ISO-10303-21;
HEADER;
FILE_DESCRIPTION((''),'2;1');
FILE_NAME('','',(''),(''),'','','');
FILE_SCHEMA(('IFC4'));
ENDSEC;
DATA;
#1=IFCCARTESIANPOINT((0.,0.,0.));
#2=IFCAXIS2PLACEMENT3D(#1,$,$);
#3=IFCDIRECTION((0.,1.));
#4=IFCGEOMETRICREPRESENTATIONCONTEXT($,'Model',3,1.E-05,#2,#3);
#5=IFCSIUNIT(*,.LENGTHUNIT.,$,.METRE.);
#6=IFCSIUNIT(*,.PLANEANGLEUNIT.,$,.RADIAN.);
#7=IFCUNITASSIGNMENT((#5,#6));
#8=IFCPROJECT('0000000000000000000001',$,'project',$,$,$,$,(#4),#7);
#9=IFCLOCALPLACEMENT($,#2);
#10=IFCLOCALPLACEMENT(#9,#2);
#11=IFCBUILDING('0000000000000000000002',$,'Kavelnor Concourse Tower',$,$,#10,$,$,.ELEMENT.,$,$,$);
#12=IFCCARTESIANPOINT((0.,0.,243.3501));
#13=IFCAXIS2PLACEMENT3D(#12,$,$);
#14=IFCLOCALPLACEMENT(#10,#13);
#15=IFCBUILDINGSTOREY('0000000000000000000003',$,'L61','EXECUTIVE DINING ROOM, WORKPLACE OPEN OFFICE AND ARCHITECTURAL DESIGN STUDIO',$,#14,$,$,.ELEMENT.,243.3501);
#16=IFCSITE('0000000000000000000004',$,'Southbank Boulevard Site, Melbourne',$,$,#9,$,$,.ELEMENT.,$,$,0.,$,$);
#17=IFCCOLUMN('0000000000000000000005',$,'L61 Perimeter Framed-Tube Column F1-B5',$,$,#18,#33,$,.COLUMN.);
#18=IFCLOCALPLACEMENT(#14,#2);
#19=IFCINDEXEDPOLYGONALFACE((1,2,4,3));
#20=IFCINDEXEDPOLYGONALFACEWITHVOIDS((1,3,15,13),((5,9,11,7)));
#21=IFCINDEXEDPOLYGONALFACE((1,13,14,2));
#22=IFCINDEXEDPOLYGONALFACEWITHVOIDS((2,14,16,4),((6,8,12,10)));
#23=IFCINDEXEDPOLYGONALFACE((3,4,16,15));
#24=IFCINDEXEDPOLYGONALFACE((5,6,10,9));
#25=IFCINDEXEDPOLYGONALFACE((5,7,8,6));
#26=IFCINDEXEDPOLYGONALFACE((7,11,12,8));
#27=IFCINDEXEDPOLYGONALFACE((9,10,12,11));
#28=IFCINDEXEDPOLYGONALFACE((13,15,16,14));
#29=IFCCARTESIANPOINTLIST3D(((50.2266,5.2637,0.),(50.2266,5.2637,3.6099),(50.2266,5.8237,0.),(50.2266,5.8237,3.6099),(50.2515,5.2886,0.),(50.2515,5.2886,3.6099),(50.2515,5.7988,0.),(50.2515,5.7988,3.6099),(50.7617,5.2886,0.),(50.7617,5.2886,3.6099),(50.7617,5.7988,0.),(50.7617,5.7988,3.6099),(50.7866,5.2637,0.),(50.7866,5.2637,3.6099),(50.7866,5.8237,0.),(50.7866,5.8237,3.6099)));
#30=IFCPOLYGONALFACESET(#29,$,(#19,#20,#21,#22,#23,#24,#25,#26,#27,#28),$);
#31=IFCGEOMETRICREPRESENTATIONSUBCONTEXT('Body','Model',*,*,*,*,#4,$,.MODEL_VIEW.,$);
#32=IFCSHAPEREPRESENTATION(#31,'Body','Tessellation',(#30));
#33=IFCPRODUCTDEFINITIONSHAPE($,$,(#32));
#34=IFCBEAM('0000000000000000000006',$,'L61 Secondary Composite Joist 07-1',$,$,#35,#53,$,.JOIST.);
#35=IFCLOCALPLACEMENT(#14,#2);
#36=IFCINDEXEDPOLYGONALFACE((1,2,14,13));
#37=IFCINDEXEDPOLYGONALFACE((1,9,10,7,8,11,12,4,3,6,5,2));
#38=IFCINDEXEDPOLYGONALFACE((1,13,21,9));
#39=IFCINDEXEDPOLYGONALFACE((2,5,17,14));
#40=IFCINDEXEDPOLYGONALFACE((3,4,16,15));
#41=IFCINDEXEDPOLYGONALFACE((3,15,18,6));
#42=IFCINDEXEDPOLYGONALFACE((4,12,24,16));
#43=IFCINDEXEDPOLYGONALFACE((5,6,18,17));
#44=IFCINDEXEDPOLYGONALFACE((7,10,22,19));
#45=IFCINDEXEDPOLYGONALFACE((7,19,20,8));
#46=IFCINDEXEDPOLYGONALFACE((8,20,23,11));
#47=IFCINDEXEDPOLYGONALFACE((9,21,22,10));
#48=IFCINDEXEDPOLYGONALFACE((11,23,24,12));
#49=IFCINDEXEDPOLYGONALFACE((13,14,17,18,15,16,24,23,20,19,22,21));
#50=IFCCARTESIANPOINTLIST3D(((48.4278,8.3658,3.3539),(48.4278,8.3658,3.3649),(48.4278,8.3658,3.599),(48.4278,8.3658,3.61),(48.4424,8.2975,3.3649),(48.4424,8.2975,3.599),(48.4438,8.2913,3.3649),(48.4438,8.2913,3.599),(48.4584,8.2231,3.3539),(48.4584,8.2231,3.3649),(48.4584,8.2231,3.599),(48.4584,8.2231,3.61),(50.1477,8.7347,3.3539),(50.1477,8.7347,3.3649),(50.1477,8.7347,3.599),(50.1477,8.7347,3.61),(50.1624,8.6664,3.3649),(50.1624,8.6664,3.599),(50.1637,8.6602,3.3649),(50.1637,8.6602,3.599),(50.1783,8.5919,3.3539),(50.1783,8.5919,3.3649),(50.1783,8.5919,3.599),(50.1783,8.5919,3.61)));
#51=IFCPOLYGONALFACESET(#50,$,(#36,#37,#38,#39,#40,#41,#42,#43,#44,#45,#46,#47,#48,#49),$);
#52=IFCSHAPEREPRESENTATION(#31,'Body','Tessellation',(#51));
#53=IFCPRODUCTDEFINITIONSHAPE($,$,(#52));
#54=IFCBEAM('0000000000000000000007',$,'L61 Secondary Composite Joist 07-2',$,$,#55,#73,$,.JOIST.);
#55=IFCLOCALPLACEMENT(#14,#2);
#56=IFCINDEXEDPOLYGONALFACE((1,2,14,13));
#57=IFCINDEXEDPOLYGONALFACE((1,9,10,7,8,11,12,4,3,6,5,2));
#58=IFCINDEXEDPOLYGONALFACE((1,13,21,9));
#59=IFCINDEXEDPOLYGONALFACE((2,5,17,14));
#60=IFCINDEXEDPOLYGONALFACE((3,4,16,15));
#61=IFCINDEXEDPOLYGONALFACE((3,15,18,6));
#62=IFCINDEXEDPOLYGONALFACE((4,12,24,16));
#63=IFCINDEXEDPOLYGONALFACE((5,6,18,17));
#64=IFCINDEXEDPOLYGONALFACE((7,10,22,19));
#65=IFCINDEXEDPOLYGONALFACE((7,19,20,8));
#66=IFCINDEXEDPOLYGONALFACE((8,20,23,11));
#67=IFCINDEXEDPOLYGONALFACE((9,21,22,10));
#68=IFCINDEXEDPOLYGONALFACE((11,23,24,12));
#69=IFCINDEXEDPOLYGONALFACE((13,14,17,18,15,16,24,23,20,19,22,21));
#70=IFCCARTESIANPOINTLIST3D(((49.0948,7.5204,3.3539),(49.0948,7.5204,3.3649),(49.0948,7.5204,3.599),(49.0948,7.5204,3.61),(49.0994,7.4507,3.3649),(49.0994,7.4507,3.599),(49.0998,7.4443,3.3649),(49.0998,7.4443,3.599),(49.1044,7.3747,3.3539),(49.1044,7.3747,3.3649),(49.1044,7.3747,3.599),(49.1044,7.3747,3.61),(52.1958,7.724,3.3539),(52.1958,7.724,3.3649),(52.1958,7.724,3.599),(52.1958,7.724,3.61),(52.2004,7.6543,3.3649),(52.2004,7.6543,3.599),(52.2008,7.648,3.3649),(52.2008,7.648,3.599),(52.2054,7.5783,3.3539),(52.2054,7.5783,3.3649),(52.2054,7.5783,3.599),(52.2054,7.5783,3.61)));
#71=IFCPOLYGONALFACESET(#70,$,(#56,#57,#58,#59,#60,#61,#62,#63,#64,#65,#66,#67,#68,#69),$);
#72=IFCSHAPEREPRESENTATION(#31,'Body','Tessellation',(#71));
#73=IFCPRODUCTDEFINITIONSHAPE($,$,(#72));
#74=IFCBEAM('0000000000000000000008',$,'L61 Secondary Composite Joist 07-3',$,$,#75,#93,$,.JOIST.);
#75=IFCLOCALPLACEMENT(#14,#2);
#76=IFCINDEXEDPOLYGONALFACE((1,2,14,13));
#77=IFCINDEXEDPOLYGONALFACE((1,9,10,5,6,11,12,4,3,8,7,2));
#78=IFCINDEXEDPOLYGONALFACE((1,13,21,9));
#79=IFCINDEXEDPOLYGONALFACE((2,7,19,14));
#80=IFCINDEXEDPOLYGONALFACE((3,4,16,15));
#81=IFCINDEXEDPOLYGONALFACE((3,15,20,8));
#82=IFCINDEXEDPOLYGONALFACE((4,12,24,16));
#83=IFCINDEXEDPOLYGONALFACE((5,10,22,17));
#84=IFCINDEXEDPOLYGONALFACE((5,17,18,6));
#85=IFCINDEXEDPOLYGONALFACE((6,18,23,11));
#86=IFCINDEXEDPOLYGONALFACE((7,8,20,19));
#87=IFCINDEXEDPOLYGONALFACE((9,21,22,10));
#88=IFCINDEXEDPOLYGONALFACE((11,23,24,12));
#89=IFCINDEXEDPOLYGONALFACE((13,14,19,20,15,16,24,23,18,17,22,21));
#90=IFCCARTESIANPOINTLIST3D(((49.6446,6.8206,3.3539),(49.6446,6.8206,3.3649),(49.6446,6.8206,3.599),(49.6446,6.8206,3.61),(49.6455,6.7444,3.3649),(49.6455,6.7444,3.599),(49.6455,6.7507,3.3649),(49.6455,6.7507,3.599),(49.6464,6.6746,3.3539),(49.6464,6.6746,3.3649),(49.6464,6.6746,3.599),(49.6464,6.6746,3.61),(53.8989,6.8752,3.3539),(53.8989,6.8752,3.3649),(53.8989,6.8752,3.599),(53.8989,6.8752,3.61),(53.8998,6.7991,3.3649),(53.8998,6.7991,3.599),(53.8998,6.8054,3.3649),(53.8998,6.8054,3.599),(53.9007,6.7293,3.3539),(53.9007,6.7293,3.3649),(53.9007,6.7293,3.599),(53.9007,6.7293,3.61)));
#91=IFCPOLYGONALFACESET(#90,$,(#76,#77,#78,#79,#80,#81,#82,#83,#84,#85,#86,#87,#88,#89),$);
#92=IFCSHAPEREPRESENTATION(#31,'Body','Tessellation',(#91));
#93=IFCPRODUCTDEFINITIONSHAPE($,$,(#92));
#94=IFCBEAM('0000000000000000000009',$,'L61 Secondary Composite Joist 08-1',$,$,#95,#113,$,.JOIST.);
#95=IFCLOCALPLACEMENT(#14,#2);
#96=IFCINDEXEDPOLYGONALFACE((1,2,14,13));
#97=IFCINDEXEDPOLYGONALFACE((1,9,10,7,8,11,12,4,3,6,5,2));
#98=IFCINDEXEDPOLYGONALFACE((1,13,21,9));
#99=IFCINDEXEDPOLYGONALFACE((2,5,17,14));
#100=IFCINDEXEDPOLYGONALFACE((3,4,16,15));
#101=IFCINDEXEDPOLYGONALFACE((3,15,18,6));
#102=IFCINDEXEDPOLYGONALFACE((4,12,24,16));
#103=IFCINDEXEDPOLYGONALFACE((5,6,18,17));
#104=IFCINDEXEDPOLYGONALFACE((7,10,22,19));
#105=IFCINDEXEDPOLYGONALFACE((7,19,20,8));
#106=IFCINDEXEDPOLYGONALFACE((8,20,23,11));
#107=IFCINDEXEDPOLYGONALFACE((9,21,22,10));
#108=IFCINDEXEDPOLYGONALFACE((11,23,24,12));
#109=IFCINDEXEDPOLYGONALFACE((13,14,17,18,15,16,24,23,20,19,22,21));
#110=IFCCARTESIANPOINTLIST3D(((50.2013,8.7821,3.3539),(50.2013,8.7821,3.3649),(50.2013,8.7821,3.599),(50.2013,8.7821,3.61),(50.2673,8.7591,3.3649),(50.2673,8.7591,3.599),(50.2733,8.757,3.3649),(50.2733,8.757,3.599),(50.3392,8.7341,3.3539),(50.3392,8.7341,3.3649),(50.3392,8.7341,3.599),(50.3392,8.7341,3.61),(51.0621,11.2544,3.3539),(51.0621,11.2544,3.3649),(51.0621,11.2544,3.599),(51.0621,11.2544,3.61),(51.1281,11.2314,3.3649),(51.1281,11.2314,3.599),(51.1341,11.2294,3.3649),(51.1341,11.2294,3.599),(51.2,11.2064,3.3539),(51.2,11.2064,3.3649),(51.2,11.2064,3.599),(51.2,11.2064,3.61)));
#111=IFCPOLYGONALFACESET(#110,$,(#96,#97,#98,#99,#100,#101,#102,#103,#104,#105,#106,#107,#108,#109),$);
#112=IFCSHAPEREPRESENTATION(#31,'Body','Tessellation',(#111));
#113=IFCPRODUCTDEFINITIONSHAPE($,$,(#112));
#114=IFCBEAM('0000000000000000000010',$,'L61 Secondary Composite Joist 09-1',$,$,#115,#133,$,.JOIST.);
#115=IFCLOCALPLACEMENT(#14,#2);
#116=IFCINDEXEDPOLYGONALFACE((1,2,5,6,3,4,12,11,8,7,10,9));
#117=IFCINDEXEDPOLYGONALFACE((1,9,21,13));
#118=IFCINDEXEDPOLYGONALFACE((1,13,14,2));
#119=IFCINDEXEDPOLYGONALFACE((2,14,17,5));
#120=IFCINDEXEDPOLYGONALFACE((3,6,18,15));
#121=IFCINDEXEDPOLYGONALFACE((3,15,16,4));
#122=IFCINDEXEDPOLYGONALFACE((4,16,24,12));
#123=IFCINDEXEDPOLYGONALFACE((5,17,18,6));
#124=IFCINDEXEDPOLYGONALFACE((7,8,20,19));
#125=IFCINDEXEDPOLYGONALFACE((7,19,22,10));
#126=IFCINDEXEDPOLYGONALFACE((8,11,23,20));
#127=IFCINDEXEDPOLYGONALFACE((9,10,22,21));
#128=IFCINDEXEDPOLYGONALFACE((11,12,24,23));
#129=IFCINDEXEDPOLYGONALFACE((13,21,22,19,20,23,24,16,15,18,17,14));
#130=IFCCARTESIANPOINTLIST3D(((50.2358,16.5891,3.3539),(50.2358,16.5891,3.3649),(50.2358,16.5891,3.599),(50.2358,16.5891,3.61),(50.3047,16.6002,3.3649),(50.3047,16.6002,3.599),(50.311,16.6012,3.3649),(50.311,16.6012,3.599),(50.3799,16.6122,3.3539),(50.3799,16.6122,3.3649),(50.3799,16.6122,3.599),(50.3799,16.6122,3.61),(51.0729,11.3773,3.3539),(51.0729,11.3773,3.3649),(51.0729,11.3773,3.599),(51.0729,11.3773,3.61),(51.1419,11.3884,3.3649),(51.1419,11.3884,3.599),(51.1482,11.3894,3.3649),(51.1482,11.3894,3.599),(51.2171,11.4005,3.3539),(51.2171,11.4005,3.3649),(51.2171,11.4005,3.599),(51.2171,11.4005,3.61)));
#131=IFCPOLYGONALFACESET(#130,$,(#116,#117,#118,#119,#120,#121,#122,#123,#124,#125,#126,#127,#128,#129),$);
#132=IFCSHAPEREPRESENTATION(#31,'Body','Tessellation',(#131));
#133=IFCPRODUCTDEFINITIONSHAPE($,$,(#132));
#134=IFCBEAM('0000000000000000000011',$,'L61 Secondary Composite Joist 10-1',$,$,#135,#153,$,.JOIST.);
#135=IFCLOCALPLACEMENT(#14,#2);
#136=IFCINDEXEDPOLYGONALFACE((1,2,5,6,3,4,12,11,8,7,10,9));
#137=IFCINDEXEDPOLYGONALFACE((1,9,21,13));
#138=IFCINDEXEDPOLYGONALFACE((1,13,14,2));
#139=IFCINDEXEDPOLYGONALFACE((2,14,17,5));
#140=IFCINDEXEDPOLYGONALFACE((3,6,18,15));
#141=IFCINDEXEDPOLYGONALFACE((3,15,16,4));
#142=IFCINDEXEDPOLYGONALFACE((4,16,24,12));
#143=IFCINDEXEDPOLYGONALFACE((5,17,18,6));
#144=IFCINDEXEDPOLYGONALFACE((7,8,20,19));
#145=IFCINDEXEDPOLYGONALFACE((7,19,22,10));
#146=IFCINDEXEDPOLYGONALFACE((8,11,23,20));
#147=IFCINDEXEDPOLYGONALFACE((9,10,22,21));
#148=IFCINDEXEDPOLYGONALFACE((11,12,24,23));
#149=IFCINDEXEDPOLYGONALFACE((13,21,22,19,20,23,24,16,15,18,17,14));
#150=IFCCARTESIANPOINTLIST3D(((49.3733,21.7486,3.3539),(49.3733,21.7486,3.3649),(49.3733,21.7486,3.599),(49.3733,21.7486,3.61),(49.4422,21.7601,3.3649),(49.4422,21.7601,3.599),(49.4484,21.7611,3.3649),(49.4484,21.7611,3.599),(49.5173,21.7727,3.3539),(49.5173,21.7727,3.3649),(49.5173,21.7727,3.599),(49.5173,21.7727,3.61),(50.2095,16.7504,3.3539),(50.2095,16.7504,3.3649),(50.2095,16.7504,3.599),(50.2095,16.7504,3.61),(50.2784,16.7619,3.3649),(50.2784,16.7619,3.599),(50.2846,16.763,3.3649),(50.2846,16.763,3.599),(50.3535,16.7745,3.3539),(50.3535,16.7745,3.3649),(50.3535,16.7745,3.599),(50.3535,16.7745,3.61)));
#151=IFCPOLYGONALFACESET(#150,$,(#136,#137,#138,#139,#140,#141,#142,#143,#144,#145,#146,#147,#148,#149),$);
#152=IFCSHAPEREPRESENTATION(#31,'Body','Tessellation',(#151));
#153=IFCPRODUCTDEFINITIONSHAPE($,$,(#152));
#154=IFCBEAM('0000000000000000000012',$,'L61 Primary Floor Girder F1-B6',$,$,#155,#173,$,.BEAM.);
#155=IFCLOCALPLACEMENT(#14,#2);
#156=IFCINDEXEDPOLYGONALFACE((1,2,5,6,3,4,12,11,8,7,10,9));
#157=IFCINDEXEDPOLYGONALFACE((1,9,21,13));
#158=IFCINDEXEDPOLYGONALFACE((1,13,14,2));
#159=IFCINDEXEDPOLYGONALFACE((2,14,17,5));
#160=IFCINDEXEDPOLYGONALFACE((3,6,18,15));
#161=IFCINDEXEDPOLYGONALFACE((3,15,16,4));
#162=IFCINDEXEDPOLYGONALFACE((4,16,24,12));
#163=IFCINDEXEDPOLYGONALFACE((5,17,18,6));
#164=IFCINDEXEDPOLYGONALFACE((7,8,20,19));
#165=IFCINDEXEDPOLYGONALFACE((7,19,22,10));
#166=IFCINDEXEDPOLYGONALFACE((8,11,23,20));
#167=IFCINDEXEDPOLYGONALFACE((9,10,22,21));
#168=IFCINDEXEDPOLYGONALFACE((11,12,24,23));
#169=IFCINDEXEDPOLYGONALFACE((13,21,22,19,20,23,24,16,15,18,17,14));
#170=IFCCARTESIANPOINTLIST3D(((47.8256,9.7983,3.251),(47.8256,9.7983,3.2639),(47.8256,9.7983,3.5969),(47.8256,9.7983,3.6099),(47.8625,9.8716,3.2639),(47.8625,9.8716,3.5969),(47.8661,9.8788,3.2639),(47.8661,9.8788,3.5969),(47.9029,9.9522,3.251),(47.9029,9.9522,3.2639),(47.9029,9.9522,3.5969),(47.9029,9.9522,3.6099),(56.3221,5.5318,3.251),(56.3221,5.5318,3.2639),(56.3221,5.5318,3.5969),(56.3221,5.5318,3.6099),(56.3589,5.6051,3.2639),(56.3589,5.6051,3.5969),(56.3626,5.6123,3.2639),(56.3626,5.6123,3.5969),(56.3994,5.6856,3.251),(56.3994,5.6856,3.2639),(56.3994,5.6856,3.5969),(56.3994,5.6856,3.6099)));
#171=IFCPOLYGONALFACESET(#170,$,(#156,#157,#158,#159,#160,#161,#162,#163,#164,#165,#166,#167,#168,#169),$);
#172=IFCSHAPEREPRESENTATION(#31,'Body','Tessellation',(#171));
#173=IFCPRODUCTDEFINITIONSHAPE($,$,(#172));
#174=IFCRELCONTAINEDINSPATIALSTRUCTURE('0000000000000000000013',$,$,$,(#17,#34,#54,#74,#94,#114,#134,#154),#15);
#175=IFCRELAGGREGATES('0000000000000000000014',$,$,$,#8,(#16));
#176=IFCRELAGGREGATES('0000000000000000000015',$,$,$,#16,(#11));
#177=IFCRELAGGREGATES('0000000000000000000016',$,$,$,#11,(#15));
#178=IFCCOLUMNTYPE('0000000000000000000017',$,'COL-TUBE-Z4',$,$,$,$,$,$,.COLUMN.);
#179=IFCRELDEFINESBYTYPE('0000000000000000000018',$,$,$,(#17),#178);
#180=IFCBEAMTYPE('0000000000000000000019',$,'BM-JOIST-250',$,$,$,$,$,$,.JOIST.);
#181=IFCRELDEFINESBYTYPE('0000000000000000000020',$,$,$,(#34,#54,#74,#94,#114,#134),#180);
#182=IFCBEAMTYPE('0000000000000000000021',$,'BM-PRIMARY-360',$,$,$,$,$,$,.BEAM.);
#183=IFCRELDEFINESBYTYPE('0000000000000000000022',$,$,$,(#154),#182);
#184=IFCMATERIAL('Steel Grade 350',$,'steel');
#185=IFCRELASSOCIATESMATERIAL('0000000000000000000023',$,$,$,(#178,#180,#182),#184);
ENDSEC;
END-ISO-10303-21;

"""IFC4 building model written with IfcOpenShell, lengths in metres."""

from ifc_helpers import new_model, si_unit, direction, frame, origin, origin_2d, place, context, subcontext, project, spatial, hollow_rectangle, i_section, extrude, material, material_profile, profile_set, type_object, element, save


model = new_model("IFC4")

# Units and contexts
model_context = context("Model", 3, precision=1e-05, world=origin(), true_north=direction((0.0, 1.0)))
body_context = subcontext(model_context, "Body", "Model", "MODEL_VIEW")
ifc_project = project(units=[si_unit("LENGTHUNIT", "METRE"), si_unit("PLANEANGLEUNIT", "RADIAN")], contexts=[model_context])

# Site, building, storey
site_placement = place(None, origin())
site = spatial("IfcSite", under=ifc_project, at=site_placement, Name="Southbank Boulevard Site, Melbourne", CompositionType="ELEMENT", RefElevation=0.0)
building_placement = place(site_placement, origin())
building = spatial("IfcBuilding", under=site, at=building_placement, Name="Kavelnor Concourse Tower", CompositionType="ELEMENT")
storey_placement = place(building_placement, frame((0.0, 0.0, 243.3501)))
storey = spatial("IfcBuildingStorey", under=building, at=storey_placement, Name="L61", Description="EXECUTIVE DINING ROOM, WORKPLACE OPEN OFFICE AND ARCHITECTURAL DESIGN STUDIO", CompositionType="ELEMENT", Elevation=243.3501)

# Column
ifc_material_1 = material(Name="Steel Grade 350", Category="steel")
ifc_material_profile_1 = material_profile(ifc_material_1, hollow_rectangle(XDim=0.5601, YDim=0.5601, WallThickness=0.0249, at=origin_2d()), Name="SHS 560x560x25")
ifc_profile_set_1 = profile_set([ifc_material_profile_1], Name="Steel Grade 350")
column_type = type_object("IfcColumnType", Name="COL-TUBE-Z4", PredefinedType="COLUMN", material=ifc_profile_set_1)
column_placement = place(storey_placement, frame((50.5066, 5.5437, 0.0), z_axis=(0.0, 0.0, 1.0), x_axis=(1.0, 0.0, 0.0)))
element("IfcColumn", 1, at=column_placement, inside=storey, type_object=column_type, Name="L61 Perimeter Framed-Tube Column F1-B5", PredefinedType="COLUMN", context=body_context, shape_type="SweptSolid", body=[
    extrude(hollow_rectangle(XDim=0.5601, YDim=0.5601, WallThickness=0.0249, at=origin_2d()), origin(), (0.0, 0.0, 1.0), 3.6099),
])

# Beams
ifc_material_profile_2 = material_profile(ifc_material_1, i_section(OverallWidth=0.146, OverallDepth=0.2561, WebThickness=0.0063, FlangeThickness=0.011, at=origin_2d()), Name="250UB37")
ifc_profile_set_2 = profile_set([ifc_material_profile_2], Name="Steel Grade 350")
beam_type_1 = type_object("IfcBeamType", Name="BM-JOIST-250", PredefinedType="JOIST", material=ifc_profile_set_2)
beam_1_placement = place(storey_placement, frame((48.4431, 8.2944, 3.4819), z_axis=(0.977764, 0.209709, 0.0), x_axis=(-0.209709, 0.977764, 0.0)))
element("IfcBeam", 2, at=beam_1_placement, inside=storey, type_object=beam_type_1, Name="L61 Secondary Composite Joist 07-1", PredefinedType="JOIST", context=body_context, shape_type="SweptSolid", body=[
    extrude(i_section(OverallWidth=0.146, OverallDepth=0.2561, WebThickness=0.0063, FlangeThickness=0.011, at=origin_2d()), origin(), (0.0, 0.0, 1.0), 1.759),
])
beam_2_placement = place(storey_placement, frame((49.0996, 7.4475, 3.4819), z_axis=(0.997851, 0.065518, 0.0), x_axis=(-0.065518, 0.997851, 0.0)))
element("IfcBeam", 3, at=beam_2_placement, inside=storey, type_object=beam_type_1, Name="L61 Secondary Composite Joist 07-2", PredefinedType="JOIST", context=body_context, shape_type="SweptSolid", body=[
    extrude(i_section(OverallWidth=0.146, OverallDepth=0.2561, WebThickness=0.0063, FlangeThickness=0.011, at=origin_2d()), origin(), (0.0, 0.0, 1.0), 3.1077),
])
beam_3_placement = place(storey_placement, frame((49.6455, 6.7476, 3.4819), z_axis=(0.999917, 0.012853, 0.0), x_axis=(-0.012853, 0.999917, 0.0)))
element("IfcBeam", 4, at=beam_3_placement, inside=storey, type_object=beam_type_1, Name="L61 Secondary Composite Joist 07-3", PredefinedType="JOIST", context=body_context, shape_type="SweptSolid", body=[
    extrude(i_section(OverallWidth=0.146, OverallDepth=0.2561, WebThickness=0.0063, FlangeThickness=0.011, at=origin_2d()), origin(), (0.0, 0.0, 1.0), 4.2546),
])
beam_4_placement = place(storey_placement, frame((50.2703, 8.7581, 3.4819), z_axis=(0.328817, 0.944394, 0.0), x_axis=(-0.944394, 0.328817, 0.0)))
element("IfcBeam", 5, at=beam_4_placement, inside=storey, type_object=beam_type_1, Name="L61 Secondary Composite Joist 08-1", PredefinedType="JOIST", context=body_context, shape_type="SweptSolid", body=[
    extrude(i_section(OverallWidth=0.146, OverallDepth=0.2561, WebThickness=0.0063, FlangeThickness=0.011, at=origin_2d()), origin(), (0.0, 0.0, 1.0), 2.6179),
])
beam_5_placement = place(storey_placement, frame((51.145, 11.3889, 3.4819), z_axis=(-0.158598, 0.987343, 0.0), x_axis=(-0.987343, -0.158598, 0.0)))
element("IfcBeam", 6, at=beam_5_placement, inside=storey, type_object=beam_type_1, Name="L61 Secondary Composite Joist 09-1", PredefinedType="JOIST", context=body_context, shape_type="SweptSolid", body=[
    extrude(i_section(OverallWidth=0.146, OverallDepth=0.2561, WebThickness=0.0063, FlangeThickness=0.011, at=origin_2d()), origin(), (0.0, 0.0, 1.0), 5.2786),
])
beam_6_placement = place(storey_placement, frame((50.2815, 16.7625, 3.4819), z_axis=(-0.165008, 0.986292, 0.0), x_axis=(-0.986292, -0.165008, 0.0)))
element("IfcBeam", 7, at=beam_6_placement, inside=storey, type_object=beam_type_1, Name="L61 Secondary Composite Joist 10-1", PredefinedType="JOIST", context=body_context, shape_type="SweptSolid", body=[
    extrude(i_section(OverallWidth=0.146, OverallDepth=0.2561, WebThickness=0.0063, FlangeThickness=0.011, at=origin_2d()), origin(), (0.0, 0.0, 1.0), 5.0676),
])
ifc_material_profile_3 = material_profile(ifc_material_1, i_section(OverallWidth=0.1721, OverallDepth=0.3589, WebThickness=0.0081, FlangeThickness=0.0129, at=origin_2d()), Name="360UB56")
ifc_profile_set_3 = profile_set([ifc_material_profile_3], Name="Steel Grade 350")
beam_type_2 = type_object("IfcBeamType", Name="BM-PRIMARY-360", PredefinedType="BEAM", material=ifc_profile_set_3)
beam_7_placement = place(storey_placement, frame((47.8643, 9.8752, 3.4304), z_axis=(0.893656, -0.448754, 0.0), x_axis=(0.448754, 0.893656, 0.0)))
element("IfcBeam", 8, at=beam_7_placement, inside=storey, type_object=beam_type_2, Name="L61 Primary Floor Girder F1-B6", PredefinedType="BEAM", context=body_context, shape_type="SweptSolid", body=[
    extrude(i_section(OverallWidth=0.1721, OverallDepth=0.3589, WebThickness=0.0081, FlangeThickness=0.0129, at=origin_2d()), origin(), (0.0, 0.0, 1.0), 9.5076),
])

save(model, "model.ifc")
